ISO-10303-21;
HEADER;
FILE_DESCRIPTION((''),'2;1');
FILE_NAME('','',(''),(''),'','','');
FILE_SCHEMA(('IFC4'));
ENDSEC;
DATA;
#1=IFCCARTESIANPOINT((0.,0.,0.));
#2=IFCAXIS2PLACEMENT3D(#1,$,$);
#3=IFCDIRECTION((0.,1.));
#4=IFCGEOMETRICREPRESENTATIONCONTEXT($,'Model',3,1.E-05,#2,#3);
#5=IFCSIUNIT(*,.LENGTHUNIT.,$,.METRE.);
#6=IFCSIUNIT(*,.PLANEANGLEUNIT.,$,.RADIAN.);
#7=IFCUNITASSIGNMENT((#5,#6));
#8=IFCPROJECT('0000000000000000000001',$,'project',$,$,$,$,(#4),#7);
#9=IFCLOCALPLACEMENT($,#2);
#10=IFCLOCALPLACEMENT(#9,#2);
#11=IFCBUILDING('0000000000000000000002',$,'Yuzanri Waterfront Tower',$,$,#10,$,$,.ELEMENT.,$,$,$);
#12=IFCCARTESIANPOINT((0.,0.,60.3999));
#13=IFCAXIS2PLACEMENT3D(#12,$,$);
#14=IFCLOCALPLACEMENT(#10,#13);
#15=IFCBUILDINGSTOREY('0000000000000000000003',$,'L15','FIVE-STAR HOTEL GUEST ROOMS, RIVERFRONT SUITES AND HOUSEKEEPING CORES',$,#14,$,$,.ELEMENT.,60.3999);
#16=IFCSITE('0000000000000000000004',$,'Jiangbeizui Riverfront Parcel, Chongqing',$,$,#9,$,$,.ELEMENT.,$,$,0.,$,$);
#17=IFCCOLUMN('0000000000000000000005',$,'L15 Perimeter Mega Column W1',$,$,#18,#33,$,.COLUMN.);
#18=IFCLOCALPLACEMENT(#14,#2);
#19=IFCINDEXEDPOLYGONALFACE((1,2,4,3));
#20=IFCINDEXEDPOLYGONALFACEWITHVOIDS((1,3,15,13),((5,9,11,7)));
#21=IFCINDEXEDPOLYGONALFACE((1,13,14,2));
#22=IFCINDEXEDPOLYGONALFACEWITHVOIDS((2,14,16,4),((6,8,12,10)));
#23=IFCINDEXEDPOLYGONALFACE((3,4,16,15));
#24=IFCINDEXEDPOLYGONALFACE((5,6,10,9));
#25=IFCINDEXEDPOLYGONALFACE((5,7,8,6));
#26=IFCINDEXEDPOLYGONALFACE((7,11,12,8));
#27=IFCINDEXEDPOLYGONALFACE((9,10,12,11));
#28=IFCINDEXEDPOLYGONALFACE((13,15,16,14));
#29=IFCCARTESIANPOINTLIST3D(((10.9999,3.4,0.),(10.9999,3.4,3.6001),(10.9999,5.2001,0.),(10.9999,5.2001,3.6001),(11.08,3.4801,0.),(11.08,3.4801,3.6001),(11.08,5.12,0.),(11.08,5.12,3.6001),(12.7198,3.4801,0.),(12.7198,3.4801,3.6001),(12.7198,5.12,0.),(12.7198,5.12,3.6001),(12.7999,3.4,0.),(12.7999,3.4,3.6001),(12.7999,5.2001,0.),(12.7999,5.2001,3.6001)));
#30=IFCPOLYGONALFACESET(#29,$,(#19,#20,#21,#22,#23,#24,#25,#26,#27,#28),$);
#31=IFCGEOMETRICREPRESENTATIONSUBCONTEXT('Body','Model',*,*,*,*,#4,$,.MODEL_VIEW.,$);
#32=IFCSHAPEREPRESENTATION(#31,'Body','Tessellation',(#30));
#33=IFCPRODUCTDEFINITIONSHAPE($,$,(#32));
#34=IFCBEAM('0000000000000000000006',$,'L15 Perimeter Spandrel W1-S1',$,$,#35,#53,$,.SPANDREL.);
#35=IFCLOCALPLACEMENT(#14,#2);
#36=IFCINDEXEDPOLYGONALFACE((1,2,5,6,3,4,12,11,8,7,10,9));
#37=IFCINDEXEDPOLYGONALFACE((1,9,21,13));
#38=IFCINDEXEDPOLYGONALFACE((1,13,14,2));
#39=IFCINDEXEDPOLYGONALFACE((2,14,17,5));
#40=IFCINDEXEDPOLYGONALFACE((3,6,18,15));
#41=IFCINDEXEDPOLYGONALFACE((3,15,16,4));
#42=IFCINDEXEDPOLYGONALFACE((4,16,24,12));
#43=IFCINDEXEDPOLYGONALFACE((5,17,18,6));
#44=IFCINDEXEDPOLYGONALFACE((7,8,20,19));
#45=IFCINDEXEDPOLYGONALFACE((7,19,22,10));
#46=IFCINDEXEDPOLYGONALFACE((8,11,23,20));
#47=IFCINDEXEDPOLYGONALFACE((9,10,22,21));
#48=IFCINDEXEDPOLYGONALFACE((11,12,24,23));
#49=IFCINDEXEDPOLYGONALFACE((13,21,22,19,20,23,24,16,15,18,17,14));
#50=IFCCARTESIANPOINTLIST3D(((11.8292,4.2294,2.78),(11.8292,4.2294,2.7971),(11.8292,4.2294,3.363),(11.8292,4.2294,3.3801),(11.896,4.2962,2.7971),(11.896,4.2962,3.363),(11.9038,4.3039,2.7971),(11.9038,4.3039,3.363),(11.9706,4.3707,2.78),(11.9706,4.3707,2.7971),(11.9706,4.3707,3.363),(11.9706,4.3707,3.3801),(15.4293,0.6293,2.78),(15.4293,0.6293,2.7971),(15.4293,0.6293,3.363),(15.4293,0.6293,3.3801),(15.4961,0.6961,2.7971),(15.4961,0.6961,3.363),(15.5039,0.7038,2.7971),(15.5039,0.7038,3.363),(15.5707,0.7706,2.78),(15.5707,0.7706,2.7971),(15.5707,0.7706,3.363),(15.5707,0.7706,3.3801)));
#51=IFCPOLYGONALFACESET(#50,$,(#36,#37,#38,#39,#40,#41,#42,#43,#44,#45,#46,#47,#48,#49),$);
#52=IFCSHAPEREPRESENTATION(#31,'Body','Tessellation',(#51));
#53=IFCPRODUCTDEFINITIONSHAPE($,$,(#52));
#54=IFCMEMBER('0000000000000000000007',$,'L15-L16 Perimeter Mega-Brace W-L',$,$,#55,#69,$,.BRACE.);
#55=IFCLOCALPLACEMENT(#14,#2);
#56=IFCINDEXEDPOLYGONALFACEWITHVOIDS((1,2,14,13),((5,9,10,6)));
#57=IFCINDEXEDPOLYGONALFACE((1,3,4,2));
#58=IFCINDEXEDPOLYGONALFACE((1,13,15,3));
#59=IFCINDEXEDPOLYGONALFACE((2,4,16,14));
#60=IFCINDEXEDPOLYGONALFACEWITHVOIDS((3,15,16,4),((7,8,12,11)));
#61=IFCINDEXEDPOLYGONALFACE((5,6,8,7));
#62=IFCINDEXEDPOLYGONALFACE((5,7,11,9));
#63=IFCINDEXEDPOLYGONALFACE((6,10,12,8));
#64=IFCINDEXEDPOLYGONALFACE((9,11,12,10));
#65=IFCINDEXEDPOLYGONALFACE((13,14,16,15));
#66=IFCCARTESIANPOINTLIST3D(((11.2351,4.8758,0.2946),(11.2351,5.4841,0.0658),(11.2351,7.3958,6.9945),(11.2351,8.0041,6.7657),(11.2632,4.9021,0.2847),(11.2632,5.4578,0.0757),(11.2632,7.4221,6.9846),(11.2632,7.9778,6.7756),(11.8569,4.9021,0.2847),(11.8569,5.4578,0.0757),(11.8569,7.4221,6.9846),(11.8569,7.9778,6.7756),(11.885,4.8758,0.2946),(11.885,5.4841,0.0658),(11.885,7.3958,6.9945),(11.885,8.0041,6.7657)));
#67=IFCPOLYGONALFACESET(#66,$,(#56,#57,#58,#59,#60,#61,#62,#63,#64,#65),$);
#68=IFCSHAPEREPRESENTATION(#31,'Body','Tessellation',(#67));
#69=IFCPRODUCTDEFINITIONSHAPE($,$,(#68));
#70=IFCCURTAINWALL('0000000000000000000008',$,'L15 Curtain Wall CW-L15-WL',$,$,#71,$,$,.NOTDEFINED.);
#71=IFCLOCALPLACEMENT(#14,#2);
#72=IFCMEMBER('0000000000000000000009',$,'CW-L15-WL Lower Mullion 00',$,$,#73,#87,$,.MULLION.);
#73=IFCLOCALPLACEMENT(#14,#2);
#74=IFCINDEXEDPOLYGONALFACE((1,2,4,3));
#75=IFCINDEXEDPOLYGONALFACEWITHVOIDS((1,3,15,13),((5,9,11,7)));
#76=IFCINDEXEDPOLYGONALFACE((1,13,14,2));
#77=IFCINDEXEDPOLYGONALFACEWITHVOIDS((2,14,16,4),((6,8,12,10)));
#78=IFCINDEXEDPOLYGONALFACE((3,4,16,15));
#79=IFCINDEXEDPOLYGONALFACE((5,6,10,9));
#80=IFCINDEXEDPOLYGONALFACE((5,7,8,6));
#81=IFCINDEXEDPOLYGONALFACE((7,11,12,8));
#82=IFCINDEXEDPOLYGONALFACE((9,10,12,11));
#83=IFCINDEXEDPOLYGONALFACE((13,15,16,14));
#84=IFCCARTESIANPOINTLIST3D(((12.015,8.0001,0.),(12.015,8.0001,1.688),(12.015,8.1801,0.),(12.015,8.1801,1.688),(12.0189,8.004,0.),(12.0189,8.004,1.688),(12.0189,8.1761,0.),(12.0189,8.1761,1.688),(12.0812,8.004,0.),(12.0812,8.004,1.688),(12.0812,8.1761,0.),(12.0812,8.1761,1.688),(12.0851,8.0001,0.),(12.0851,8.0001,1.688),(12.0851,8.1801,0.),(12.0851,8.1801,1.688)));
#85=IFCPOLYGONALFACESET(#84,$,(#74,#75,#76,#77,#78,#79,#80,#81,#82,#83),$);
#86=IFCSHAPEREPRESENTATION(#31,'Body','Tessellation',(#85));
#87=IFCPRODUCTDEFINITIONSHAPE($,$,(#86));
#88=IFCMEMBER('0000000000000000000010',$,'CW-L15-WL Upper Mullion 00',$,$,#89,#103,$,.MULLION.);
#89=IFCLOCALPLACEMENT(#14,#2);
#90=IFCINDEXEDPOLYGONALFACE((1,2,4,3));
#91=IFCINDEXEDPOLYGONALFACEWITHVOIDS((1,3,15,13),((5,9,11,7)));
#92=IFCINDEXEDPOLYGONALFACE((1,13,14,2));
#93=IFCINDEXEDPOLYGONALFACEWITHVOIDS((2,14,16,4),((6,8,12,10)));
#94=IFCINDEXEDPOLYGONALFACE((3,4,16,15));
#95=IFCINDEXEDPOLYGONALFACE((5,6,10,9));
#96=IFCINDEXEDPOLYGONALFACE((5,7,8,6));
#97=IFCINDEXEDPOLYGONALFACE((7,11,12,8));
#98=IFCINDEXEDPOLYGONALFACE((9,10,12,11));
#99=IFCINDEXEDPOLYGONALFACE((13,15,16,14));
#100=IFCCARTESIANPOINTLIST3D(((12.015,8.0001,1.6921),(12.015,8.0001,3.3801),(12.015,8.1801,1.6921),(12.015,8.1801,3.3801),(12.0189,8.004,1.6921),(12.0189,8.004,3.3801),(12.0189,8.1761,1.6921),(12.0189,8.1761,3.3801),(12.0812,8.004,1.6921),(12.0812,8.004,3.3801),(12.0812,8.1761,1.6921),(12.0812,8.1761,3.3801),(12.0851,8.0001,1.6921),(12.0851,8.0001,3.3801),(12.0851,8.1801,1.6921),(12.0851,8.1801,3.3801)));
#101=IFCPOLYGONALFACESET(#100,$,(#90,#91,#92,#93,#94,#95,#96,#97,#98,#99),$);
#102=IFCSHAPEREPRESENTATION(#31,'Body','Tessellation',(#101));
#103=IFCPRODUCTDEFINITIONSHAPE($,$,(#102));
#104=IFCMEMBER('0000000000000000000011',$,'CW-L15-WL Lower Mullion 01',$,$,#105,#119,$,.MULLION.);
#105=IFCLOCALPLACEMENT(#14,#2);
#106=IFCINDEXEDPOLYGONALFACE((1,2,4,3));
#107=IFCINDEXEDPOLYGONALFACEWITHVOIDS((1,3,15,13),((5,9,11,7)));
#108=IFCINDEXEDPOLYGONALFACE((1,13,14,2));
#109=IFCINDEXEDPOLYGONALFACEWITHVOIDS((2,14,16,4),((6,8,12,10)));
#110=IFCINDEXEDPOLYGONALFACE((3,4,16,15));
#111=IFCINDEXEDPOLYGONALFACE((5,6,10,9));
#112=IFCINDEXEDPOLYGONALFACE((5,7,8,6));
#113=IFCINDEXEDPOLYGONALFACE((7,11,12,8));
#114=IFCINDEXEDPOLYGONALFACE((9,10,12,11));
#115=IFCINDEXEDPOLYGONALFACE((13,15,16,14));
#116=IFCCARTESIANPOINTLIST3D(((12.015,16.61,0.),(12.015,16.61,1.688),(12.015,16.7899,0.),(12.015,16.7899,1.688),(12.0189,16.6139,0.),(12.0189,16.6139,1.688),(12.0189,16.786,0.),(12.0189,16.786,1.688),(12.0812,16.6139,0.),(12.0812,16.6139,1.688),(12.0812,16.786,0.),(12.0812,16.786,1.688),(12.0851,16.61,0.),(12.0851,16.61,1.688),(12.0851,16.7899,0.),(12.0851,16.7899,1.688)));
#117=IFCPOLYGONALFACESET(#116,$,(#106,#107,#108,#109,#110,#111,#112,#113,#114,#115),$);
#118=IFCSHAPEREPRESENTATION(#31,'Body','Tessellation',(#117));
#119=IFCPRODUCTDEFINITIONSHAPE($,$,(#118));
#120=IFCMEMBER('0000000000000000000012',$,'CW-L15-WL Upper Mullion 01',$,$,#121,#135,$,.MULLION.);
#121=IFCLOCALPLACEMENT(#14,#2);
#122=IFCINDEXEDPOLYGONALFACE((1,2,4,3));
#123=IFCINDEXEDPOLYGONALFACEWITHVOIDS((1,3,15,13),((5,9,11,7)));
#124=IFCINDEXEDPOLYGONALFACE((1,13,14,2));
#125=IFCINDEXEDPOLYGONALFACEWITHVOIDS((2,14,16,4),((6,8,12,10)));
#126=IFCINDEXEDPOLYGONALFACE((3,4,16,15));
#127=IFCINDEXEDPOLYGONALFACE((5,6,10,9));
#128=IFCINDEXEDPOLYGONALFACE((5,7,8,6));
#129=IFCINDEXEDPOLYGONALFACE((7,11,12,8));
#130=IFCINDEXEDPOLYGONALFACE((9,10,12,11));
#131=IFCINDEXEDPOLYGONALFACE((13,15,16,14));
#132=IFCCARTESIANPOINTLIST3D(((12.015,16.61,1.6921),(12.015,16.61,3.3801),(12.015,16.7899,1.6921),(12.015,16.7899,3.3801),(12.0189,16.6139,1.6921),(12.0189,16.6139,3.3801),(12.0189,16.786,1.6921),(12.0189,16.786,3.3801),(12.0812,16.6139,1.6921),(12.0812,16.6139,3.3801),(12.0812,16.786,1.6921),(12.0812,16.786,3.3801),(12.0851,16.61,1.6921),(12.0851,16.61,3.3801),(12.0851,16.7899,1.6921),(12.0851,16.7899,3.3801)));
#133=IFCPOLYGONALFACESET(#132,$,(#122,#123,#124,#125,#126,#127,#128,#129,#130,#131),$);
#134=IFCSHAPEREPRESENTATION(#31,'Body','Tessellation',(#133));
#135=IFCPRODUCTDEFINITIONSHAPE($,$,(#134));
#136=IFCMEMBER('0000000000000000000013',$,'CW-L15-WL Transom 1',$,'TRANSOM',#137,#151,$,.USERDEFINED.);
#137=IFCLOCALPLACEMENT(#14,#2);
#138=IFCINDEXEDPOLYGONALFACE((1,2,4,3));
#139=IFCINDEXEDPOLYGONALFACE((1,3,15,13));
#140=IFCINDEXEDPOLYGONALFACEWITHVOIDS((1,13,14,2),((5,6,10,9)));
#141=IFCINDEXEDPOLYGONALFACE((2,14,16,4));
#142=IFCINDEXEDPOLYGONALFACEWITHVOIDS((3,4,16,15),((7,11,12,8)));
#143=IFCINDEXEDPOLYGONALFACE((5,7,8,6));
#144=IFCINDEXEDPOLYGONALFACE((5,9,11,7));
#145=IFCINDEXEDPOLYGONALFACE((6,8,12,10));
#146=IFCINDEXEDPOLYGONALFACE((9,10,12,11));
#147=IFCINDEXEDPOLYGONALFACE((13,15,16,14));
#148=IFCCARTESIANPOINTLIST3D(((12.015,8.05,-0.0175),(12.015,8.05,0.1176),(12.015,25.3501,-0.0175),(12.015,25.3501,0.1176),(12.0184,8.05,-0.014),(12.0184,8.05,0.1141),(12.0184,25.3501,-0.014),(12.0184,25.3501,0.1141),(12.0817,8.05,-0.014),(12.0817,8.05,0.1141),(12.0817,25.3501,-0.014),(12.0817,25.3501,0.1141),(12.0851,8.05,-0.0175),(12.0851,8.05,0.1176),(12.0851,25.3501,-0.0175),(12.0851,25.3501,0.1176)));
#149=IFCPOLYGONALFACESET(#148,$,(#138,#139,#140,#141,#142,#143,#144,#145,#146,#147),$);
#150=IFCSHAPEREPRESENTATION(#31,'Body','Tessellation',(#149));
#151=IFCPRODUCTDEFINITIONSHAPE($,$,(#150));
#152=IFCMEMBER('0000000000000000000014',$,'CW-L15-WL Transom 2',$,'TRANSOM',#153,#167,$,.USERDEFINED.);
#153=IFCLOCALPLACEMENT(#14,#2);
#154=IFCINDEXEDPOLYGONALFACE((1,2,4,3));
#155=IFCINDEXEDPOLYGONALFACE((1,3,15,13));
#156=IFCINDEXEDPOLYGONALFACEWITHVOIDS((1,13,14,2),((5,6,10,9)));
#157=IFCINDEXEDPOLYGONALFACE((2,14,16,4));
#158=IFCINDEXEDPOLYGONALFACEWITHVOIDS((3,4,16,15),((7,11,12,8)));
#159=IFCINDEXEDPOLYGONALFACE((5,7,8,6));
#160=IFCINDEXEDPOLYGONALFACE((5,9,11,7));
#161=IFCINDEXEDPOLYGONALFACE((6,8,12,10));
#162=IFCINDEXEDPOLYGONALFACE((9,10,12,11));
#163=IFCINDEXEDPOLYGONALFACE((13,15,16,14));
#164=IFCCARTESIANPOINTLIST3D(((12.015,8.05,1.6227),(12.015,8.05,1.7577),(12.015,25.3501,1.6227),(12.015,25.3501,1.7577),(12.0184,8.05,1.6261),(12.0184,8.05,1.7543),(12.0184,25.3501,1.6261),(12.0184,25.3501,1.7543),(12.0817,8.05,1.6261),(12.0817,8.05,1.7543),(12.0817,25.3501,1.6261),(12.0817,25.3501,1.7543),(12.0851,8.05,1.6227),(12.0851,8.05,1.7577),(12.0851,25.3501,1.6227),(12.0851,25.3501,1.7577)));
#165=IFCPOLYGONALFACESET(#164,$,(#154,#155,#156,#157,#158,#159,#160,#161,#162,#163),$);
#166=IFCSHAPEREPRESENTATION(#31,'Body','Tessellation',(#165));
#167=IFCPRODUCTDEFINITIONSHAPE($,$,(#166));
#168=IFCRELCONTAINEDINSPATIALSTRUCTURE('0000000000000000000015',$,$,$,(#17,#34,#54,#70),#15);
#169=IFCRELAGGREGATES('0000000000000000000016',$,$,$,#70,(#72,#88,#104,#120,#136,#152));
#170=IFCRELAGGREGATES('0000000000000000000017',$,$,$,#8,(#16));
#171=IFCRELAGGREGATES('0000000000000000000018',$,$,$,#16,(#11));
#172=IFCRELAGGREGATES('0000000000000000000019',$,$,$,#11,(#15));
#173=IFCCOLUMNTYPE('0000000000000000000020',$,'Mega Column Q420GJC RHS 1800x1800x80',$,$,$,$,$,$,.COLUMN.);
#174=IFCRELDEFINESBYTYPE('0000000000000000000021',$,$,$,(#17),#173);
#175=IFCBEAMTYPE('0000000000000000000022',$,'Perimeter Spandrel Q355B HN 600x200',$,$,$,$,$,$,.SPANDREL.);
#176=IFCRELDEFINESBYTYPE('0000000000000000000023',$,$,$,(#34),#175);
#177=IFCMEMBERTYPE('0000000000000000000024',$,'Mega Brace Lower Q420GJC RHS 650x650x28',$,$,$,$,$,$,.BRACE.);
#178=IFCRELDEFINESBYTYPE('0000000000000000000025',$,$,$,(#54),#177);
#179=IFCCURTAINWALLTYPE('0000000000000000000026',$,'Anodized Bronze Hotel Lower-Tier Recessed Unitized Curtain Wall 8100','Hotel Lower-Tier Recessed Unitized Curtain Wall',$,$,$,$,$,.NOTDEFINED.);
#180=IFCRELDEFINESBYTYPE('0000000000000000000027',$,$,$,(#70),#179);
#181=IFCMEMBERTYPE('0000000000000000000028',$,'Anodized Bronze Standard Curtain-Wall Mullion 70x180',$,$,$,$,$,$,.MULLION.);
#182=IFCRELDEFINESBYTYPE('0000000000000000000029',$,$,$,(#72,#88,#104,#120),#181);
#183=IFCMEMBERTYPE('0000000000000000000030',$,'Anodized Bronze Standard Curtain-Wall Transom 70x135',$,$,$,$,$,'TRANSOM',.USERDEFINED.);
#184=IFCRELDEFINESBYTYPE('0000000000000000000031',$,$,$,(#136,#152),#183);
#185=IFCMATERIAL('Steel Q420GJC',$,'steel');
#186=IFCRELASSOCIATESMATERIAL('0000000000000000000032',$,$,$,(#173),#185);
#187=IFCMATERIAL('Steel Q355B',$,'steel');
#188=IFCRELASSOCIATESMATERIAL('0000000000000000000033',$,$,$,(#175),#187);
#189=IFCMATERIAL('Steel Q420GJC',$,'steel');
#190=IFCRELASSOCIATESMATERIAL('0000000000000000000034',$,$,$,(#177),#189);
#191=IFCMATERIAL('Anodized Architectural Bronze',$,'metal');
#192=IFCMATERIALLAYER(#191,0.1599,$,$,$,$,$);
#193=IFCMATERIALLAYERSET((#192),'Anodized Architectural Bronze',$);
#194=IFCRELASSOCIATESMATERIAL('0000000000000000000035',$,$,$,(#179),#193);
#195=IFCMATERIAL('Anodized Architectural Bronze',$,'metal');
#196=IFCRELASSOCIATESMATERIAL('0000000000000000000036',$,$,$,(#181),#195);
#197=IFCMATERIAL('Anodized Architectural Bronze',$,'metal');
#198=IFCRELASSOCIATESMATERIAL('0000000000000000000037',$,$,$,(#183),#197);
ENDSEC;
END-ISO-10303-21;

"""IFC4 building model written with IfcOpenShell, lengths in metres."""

from ifc_helpers import new_model, si_unit, direction, frame, origin, origin_2d, place, context, subcontext, project, spatial, hollow_rectangle, i_section, extrude, source, transform, mapped, material, layer, layer_set, material_profile, profile_set, type_object, element, aggregate, save


model = new_model("IFC4")

# Units and contexts
model_context = context("Model", 3, precision=1e-05, world=origin(), true_north=direction((0.0, 1.0)))
body_context = subcontext(model_context, "Body", "Model", "MODEL_VIEW")
ifc_project = project(units=[si_unit("LENGTHUNIT", "METRE"), si_unit("PLANEANGLEUNIT", "RADIAN")], contexts=[model_context])

# Site, building, storey
site_placement = place(None, origin())
site = spatial("IfcSite", under=ifc_project, at=site_placement, Name="Jiangbeizui Riverfront Parcel, Chongqing", CompositionType="ELEMENT", RefElevation=0.0)
building_placement = place(site_placement, origin())
building = spatial("IfcBuilding", under=site, at=building_placement, Name="Yuzanri Waterfront Tower", CompositionType="ELEMENT")
storey_placement = place(building_placement, frame((0.0, 0.0, 60.3999)))
storey = spatial("IfcBuildingStorey", under=building, at=storey_placement, Name="L15", Description="FIVE-STAR HOTEL GUEST ROOMS, RIVERFRONT SUITES AND HOUSEKEEPING CORES", CompositionType="ELEMENT", Elevation=60.3999)

# Column
ifc_material_1 = material(Name="Steel Q420GJC", Category="steel")
ifc_material_profile_1 = material_profile(ifc_material_1, hollow_rectangle(XDim=1.8, YDim=1.8, WallThickness=0.0801, at=origin_2d()), Name="RHS 1800x1800x80")
ifc_profile_set_1 = profile_set([ifc_material_profile_1], Name="Steel Q420GJC")
column_type = type_object("IfcColumnType", Name="Mega Column Q420GJC RHS 1800x1800x80", PredefinedType="COLUMN", material=ifc_profile_set_1)
shared_shape_1 = source(origin(), body_context, "Body", "SweptSolid", [
    extrude(hollow_rectangle(XDim=1.8, YDim=1.8, WallThickness=0.0801, at=origin_2d()), origin(), (0.0, 0.0, 1.0), 3.6001),
])
column_placement = place(storey_placement, frame((11.8999, 4.3, 0.0), z_axis=(0.0, 0.0, 1.0), x_axis=(1.0, 0.0, 0.0)))
element("IfcColumn", 1, at=column_placement, inside=storey, type_object=column_type, Name="L15 Perimeter Mega Column W1", PredefinedType="COLUMN", context=body_context, shape_type="MappedRepresentation", body=[
    mapped(shared_shape_1, transform((0.0, 0.0, 0.0), scale=1.0)),
])

# Beam
ifc_material_2 = material(Name="Steel Q355B", Category="steel")
ifc_material_profile_2 = material_profile(ifc_material_2, i_section(OverallWidth=0.2, OverallDepth=0.6001, WebThickness=0.011, FlangeThickness=0.0171, at=origin_2d()), Name="HN 600x200x11x17")
ifc_profile_set_2 = profile_set([ifc_material_profile_2], Name="Steel Q355B")
beam_type = type_object("IfcBeamType", Name="Perimeter Spandrel Q355B HN 600x200", PredefinedType="SPANDREL", material=ifc_profile_set_2)
shared_shape_2 = source(origin(), body_context, "Body", "SweptSolid", [
    extrude(i_section(OverallWidth=0.2, OverallDepth=0.6001, WebThickness=0.011, FlangeThickness=0.0171, at=origin_2d()), origin(), (0.0, 0.0, 1.0), 5.0913),
])
beam_placement = place(storey_placement, frame((11.8999, 4.3, 3.0801), z_axis=(0.707107, -0.707107, 0.0), x_axis=(0.707107, 0.707107, 0.0)))
element("IfcBeam", 2, at=beam_placement, inside=storey, type_object=beam_type, Name="L15 Perimeter Spandrel W1-S1", PredefinedType="SPANDREL", context=body_context, shape_type="MappedRepresentation", body=[
    mapped(shared_shape_2, transform((0.0, 0.0, 0.0), scale=1.0)),
])

# Member
ifc_material_3 = material(Name="Steel Q420GJC", Category="steel")
ifc_material_profile_3 = material_profile(ifc_material_3, hollow_rectangle(XDim=0.6499, YDim=0.6499, WallThickness=0.0281, at=origin_2d()), Name="RHS 650x650x28")
ifc_profile_set_3 = profile_set([ifc_material_profile_3], Name="Steel Q420GJC")
member_type_1 = type_object("IfcMemberType", Name="Mega Brace Lower Q420GJC RHS 650x650x28", PredefinedType="BRACE", material=ifc_profile_set_3)
shared_shape_3 = source(origin(), body_context, "Body", "SweptSolid", [
    extrude(hollow_rectangle(XDim=0.6499, YDim=0.6499, WallThickness=0.0281, at=origin_2d()), origin(), (0.0, 0.0, 1.0), 7.1582),
])
member_1_placement = place(storey_placement, frame((11.5601, 5.1799, 0.1802), z_axis=(0.0, 0.352046, 0.935983), x_axis=(-1.0, 0.0, 0.0)))
element("IfcMember", 3, at=member_1_placement, inside=storey, type_object=member_type_1, Name="L15-L16 Perimeter Mega-Brace W-L", PredefinedType="BRACE", context=body_context, shape_type="MappedRepresentation", body=[
    mapped(shared_shape_3, transform((0.0, 0.0, 0.0), scale=1.0)),
])

# Curtain wall, members
ifc_material_4 = material(Name="Anodized Architectural Bronze", Category="metal")
ifc_layer_1 = layer(ifc_material_4, 0.1599)
ifc_layer_set_1 = layer_set([ifc_layer_1], Name="Anodized Architectural Bronze")
curtain_wall_type = type_object("IfcCurtainWallType", Name="Anodized Bronze Hotel Lower-Tier Recessed Unitized Curtain Wall 8100", Description="Hotel Lower-Tier Recessed Unitized Curtain Wall", PredefinedType="NOTDEFINED", material=ifc_layer_set_1)
curtain_wall_placement = place(storey_placement, origin())
curtain_wall = element("IfcCurtainWall", 4, at=curtain_wall_placement, inside=storey, type_object=curtain_wall_type, Name="L15 Curtain Wall CW-L15-WL", PredefinedType="NOTDEFINED")
ifc_material_5 = material(Name="Anodized Architectural Bronze", Category="metal")
ifc_material_profile_4 = material_profile(ifc_material_5, hollow_rectangle(XDim=0.0701, YDim=0.1799, WallThickness=0.0039, at=origin_2d()), Name="CWM 70x180")
ifc_profile_set_4 = profile_set([ifc_material_profile_4], Name="Anodized Architectural Bronze")
member_type_2 = type_object("IfcMemberType", Name="Anodized Bronze Standard Curtain-Wall Mullion 70x180", PredefinedType="MULLION", material=ifc_profile_set_4)
shared_shape_4 = source(origin(), body_context, "Body", "SweptSolid", [
    extrude(hollow_rectangle(XDim=0.0701, YDim=0.1799, WallThickness=0.0039, at=origin_2d()), origin(), (0.0, 0.0, 1.0), 1.688),
])
member_2_placement = place(storey_placement, frame((12.05, 8.0901, 0.0), z_axis=(0.0, 0.0, 1.0), x_axis=(1.0, 0.0, 0.0)))
member_2 = element("IfcMember", 5, at=member_2_placement, type_object=member_type_2, Name="CW-L15-WL Lower Mullion 00", PredefinedType="MULLION", context=body_context, shape_type="MappedRepresentation", body=[
    mapped(shared_shape_4, transform((0.0, 0.0, 0.0), scale=1.0)),
])
member_3_placement = place(storey_placement, frame((12.05, 8.0901, 1.6921), z_axis=(0.0, 0.0, 1.0), x_axis=(1.0, 0.0, 0.0)))
member_3 = element("IfcMember", 6, at=member_3_placement, type_object=member_type_2, Name="CW-L15-WL Upper Mullion 00", PredefinedType="MULLION", context=body_context, shape_type="MappedRepresentation", body=[
    mapped(shared_shape_4, transform((0.0, 0.0, 0.0), scale=1.0)),
])
member_4_placement = place(storey_placement, frame((12.05, 16.7, 0.0), z_axis=(0.0, 0.0, 1.0), x_axis=(1.0, 0.0, 0.0)))
member_4 = element("IfcMember", 7, at=member_4_placement, type_object=member_type_2, Name="CW-L15-WL Lower Mullion 01", PredefinedType="MULLION", context=body_context, shape_type="MappedRepresentation", body=[
    mapped(shared_shape_4, transform((0.0, 0.0, 0.0), scale=1.0)),
])
member_5_placement = place(storey_placement, frame((12.05, 16.7, 1.6921), z_axis=(0.0, 0.0, 1.0), x_axis=(1.0, 0.0, 0.0)))
member_5 = element("IfcMember", 8, at=member_5_placement, type_object=member_type_2, Name="CW-L15-WL Upper Mullion 01", PredefinedType="MULLION", context=body_context, shape_type="MappedRepresentation", body=[
    mapped(shared_shape_4, transform((0.0, 0.0, 0.0), scale=1.0)),
])
ifc_material_6 = material(Name="Anodized Architectural Bronze", Category="metal")
ifc_material_profile_5 = material_profile(ifc_material_6, hollow_rectangle(XDim=0.0701, YDim=0.135, WallThickness=0.0034, at=origin_2d()), Name="CWT 70x135")
ifc_profile_set_5 = profile_set([ifc_material_profile_5], Name="Anodized Architectural Bronze")
member_type_3 = type_object("IfcMemberType", Name="Anodized Bronze Standard Curtain-Wall Transom 70x135", ElementType="TRANSOM", PredefinedType="USERDEFINED", material=ifc_profile_set_5)
shared_shape_5 = source(origin(), body_context, "Body", "SweptSolid", [
    extrude(hollow_rectangle(XDim=0.0701, YDim=0.135, WallThickness=0.0034, at=origin_2d()), origin(), (0.0, 0.0, 1.0), 17.3),
])
member_6_placement = place(storey_placement, frame((12.05, 8.05, 0.05), z_axis=(0.0, 1.0, 0.0), x_axis=(-1.0, 0.0, 0.0)))
member_6 = element("IfcMember", 9, at=member_6_placement, type_object=member_type_3, Name="CW-L15-WL Transom 1", ObjectType="TRANSOM", PredefinedType="USERDEFINED", context=body_context, shape_type="MappedRepresentation", body=[
    mapped(shared_shape_5, transform((0.0, 0.0, 0.0), scale=1.0)),
])
member_7_placement = place(storey_placement, frame((12.05, 8.05, 1.6902), z_axis=(0.0, 1.0, 0.0), x_axis=(-1.0, 0.0, 0.0)))
member_7 = element("IfcMember", 10, at=member_7_placement, type_object=member_type_3, Name="CW-L15-WL Transom 2", ObjectType="TRANSOM", PredefinedType="USERDEFINED", context=body_context, shape_type="MappedRepresentation", body=[
    mapped(shared_shape_5, transform((0.0, 0.0, 0.0), scale=1.0)),
])

aggregate(curtain_wall, [member_2, member_3, member_4, member_5, member_6, member_7])

save(model, "model.ifc")
